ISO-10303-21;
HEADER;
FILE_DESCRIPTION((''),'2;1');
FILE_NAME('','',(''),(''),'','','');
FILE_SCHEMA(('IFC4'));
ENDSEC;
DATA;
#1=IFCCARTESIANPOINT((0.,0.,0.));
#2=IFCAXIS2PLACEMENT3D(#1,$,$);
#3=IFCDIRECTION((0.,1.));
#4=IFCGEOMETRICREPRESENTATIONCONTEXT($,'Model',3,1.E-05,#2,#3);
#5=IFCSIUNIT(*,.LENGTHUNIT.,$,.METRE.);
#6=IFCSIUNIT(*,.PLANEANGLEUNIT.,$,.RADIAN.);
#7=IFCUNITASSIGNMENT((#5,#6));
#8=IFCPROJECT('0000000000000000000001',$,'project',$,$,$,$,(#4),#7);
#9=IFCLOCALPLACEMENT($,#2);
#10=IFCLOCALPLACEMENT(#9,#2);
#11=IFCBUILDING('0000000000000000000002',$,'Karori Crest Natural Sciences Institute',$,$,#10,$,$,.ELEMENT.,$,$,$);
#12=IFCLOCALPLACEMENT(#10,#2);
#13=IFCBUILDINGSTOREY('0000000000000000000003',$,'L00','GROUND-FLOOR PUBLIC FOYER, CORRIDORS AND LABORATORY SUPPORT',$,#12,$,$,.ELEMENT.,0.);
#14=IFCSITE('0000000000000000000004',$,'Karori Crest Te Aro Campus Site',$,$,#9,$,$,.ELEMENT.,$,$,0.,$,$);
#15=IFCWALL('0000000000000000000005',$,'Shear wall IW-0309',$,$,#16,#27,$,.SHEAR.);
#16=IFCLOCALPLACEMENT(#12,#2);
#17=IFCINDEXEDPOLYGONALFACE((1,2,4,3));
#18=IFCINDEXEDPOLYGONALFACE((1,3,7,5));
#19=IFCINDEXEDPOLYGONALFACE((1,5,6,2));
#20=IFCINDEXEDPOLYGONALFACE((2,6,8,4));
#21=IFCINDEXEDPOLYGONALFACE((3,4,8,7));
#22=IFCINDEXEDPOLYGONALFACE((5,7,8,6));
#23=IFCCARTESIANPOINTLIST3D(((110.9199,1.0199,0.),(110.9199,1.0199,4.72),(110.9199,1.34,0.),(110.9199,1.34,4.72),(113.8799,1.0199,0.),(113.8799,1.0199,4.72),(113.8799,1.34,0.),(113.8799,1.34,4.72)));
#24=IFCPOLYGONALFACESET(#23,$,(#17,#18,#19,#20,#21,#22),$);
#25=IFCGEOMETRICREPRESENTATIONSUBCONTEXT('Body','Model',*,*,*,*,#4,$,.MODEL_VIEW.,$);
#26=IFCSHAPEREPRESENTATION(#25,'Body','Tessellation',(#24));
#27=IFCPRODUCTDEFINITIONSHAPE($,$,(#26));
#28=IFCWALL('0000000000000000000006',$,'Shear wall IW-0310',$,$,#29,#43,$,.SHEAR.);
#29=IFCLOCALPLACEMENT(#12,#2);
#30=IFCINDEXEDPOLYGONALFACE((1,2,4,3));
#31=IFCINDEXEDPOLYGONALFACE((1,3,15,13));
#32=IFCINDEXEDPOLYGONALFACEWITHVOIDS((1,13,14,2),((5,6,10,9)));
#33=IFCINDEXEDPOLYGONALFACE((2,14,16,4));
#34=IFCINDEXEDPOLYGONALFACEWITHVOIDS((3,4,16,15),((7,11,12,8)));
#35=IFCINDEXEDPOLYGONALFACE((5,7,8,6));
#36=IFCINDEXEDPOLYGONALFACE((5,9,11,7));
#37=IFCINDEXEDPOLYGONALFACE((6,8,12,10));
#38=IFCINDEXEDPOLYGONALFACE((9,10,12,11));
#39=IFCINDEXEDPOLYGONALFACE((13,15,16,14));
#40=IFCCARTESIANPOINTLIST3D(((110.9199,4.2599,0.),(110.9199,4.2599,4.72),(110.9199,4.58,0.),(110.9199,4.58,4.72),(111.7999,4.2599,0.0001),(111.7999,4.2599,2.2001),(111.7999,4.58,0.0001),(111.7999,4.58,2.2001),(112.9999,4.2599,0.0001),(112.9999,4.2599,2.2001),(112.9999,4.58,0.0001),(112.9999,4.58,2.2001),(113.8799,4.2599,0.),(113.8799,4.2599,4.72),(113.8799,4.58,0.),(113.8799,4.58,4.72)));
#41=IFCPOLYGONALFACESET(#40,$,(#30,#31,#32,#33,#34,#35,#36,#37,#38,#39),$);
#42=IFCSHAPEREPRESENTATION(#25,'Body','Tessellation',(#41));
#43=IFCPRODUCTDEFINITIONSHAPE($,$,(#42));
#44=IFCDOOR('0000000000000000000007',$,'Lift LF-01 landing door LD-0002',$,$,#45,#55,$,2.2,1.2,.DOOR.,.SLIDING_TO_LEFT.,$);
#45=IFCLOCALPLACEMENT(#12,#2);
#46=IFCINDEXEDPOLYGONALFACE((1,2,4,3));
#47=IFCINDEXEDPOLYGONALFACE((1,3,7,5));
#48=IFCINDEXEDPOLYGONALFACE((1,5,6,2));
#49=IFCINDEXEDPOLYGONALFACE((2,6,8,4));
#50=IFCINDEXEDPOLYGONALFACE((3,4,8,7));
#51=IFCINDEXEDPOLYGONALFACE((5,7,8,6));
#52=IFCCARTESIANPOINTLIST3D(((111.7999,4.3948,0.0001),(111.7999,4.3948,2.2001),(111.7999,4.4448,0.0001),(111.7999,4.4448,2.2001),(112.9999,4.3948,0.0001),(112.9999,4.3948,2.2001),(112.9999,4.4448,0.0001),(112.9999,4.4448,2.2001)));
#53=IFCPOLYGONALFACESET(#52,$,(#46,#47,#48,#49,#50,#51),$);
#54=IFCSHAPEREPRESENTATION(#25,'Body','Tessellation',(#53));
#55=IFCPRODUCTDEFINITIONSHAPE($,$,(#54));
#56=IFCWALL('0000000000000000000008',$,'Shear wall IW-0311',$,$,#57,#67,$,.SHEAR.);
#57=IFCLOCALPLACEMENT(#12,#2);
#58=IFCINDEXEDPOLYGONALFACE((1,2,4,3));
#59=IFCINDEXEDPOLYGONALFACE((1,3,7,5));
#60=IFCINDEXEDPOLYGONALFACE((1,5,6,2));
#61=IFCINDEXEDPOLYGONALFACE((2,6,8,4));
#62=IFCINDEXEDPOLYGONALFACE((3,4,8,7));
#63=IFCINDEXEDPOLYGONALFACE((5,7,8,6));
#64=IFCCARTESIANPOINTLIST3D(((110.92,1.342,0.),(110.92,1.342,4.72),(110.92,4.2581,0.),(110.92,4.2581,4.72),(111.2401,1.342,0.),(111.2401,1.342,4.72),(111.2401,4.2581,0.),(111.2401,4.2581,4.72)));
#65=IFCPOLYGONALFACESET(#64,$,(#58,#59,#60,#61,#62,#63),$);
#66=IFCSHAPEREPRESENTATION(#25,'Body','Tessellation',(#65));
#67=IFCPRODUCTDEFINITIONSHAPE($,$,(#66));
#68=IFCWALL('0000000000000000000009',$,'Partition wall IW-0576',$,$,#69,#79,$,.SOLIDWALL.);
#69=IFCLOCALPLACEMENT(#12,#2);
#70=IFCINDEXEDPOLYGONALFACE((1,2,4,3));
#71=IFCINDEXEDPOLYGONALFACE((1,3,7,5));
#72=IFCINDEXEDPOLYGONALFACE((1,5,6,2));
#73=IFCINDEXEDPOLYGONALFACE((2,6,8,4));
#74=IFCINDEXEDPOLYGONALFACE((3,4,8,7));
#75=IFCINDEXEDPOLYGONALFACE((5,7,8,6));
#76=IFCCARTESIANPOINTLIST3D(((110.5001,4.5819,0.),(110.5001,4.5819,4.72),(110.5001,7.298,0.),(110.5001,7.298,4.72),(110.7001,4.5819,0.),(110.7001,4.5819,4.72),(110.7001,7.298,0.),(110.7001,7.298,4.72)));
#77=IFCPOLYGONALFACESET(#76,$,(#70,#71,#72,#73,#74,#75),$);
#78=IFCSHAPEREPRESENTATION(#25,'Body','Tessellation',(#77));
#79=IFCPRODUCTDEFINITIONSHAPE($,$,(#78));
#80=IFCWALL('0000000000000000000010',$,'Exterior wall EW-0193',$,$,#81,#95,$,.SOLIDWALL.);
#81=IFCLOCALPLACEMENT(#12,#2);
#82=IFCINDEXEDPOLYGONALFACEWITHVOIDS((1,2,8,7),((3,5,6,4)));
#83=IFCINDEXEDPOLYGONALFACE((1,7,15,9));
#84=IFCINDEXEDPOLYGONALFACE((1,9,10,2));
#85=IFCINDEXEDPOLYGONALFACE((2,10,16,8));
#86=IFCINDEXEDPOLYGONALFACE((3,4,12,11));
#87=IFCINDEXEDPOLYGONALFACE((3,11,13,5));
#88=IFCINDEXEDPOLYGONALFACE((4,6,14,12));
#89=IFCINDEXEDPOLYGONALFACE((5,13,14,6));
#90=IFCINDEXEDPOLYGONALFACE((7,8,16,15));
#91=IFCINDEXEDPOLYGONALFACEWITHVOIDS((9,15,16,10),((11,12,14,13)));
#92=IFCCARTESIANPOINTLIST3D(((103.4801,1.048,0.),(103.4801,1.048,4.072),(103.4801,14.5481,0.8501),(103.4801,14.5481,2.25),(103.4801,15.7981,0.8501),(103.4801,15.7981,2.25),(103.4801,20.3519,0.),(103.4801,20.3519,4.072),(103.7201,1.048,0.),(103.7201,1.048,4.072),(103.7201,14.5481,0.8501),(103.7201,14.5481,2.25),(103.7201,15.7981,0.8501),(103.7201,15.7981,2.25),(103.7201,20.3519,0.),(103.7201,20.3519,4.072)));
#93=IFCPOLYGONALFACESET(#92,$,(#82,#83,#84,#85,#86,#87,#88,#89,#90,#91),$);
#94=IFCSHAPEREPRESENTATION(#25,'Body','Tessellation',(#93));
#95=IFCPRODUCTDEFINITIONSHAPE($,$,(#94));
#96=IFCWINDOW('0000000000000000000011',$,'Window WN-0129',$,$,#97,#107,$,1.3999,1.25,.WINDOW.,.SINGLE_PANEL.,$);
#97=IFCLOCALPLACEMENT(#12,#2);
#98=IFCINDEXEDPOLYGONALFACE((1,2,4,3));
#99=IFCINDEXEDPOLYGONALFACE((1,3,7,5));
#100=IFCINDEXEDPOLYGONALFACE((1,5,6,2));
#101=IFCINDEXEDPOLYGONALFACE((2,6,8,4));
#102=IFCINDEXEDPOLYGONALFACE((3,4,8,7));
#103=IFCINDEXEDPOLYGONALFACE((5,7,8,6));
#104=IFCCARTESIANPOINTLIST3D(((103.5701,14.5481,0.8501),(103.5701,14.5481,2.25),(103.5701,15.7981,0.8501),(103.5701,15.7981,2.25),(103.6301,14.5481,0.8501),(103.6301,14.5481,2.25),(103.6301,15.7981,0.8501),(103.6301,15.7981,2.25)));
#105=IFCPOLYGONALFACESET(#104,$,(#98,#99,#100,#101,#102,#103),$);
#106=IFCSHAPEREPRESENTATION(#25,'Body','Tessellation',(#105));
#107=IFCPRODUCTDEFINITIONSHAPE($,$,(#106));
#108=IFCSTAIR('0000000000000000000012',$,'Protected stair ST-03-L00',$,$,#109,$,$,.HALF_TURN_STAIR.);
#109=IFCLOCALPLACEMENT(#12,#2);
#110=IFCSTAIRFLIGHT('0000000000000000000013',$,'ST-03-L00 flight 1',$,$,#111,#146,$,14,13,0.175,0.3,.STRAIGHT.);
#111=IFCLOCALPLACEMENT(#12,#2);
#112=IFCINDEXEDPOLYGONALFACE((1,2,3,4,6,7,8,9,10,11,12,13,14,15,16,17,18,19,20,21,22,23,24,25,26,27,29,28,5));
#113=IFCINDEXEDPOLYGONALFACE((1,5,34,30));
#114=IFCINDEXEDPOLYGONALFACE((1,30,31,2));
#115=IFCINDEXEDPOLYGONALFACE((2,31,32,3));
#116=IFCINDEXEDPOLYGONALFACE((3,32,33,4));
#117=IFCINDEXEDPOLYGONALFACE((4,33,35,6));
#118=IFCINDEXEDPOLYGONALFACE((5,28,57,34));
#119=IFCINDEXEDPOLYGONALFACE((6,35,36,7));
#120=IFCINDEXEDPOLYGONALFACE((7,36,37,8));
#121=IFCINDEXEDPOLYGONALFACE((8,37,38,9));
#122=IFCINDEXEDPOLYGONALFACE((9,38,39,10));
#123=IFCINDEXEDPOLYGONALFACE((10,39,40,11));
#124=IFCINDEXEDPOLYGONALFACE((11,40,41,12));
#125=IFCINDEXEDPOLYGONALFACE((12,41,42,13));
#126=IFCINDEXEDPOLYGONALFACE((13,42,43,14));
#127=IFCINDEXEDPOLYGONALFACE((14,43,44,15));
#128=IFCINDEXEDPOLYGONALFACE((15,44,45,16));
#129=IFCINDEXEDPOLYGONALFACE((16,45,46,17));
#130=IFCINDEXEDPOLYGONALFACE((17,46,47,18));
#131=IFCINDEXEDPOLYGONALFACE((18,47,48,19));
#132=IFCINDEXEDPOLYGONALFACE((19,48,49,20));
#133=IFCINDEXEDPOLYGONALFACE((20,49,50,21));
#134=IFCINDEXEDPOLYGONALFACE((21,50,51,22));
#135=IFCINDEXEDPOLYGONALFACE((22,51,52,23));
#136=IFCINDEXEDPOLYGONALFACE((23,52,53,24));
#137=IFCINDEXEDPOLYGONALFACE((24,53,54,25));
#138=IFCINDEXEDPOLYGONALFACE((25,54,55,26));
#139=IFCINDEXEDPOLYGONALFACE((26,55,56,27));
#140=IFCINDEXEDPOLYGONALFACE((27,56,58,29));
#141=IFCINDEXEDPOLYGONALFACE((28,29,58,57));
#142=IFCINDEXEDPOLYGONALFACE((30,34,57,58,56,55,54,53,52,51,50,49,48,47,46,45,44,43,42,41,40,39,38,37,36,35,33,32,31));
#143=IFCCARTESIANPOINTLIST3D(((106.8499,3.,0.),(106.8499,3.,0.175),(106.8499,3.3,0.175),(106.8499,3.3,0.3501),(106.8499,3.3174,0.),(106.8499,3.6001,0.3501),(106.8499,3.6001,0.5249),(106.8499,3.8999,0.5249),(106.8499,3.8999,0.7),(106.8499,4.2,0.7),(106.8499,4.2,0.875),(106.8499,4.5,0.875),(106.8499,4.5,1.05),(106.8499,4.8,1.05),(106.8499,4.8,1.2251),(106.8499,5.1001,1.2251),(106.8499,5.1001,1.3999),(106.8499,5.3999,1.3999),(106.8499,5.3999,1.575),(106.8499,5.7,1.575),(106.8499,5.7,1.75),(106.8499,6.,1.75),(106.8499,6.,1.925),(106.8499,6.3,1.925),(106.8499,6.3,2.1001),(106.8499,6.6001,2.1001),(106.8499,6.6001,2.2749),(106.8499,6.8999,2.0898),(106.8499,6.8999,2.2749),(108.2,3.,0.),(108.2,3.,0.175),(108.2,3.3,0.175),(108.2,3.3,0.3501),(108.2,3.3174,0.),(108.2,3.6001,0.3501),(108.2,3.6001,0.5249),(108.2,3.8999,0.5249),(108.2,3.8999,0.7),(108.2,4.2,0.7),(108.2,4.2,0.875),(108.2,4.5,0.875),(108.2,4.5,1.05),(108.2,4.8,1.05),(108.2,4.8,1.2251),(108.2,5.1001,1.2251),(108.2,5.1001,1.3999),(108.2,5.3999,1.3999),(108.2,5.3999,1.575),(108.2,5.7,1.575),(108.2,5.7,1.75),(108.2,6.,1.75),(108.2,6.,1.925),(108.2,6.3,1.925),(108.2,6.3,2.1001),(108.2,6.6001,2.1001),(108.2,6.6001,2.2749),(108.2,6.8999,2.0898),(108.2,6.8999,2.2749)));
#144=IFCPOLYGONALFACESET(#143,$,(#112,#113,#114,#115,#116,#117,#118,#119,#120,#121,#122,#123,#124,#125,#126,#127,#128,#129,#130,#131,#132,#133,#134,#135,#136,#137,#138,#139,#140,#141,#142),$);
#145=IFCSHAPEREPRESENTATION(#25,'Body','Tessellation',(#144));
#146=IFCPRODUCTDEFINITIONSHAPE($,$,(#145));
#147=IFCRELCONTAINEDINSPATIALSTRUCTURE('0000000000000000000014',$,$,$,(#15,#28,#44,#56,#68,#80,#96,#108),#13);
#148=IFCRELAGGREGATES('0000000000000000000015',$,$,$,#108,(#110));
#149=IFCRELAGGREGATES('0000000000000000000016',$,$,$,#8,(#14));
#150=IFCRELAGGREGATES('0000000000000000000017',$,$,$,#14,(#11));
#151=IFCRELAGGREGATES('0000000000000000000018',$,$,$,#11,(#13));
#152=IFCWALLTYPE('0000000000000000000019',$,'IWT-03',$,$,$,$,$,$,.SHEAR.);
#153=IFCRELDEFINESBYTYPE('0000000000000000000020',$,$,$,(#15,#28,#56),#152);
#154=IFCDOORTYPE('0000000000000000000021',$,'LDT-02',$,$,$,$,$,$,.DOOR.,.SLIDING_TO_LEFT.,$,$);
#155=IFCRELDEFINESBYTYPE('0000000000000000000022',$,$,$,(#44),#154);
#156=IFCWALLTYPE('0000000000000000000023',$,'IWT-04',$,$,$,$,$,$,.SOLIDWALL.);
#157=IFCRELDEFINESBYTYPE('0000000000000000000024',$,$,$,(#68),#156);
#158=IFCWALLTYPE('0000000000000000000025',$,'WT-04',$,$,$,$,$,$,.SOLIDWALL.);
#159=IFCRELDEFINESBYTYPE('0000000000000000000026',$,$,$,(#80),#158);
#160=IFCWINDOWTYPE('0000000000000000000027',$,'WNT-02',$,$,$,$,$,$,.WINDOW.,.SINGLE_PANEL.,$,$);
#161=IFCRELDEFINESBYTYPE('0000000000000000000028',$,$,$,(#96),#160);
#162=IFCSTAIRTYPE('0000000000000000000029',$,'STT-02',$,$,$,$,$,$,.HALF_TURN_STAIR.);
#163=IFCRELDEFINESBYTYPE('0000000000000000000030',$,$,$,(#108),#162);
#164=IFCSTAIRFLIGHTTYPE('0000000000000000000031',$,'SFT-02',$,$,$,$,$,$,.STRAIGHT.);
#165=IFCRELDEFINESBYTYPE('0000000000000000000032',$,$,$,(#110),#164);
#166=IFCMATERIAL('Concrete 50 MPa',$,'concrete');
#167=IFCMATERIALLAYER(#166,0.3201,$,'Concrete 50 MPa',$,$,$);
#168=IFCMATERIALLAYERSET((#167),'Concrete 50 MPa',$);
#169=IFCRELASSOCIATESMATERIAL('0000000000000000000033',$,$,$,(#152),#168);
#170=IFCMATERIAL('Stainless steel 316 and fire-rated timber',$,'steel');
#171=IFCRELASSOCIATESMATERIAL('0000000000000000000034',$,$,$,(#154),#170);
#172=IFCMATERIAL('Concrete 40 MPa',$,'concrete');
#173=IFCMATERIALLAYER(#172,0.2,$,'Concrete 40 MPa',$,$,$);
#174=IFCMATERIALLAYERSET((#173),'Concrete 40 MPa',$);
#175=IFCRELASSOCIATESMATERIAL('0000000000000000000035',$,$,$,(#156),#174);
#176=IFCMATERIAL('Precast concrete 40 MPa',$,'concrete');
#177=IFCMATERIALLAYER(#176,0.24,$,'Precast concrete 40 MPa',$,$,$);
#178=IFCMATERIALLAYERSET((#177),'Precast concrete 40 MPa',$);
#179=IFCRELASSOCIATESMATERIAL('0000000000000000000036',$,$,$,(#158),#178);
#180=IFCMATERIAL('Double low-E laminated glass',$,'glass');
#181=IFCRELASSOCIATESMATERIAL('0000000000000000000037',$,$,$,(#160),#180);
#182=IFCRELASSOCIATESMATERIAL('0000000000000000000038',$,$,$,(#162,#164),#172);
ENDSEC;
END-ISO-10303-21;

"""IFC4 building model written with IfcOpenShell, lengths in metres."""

from ifc_helpers import new_model, si_unit, direction, frame, frame_2d, origin, place, context, subcontext, project, spatial, polyline, rectangle, outline, extrude, material, layer, layer_set, type_object, element, fill, aggregate, save


model = new_model("IFC4")

# Units and contexts
model_context = context("Model", 3, precision=1e-05, world=origin(), true_north=direction((0.0, 1.0)))
body_context = subcontext(model_context, "Body", "Model", "MODEL_VIEW")
ifc_project = project(units=[si_unit("LENGTHUNIT", "METRE"), si_unit("PLANEANGLEUNIT", "RADIAN")], contexts=[model_context])

# Site, building, storey
site_placement = place(None, origin())
site = spatial("IfcSite", under=ifc_project, at=site_placement, Name="Karori Crest Te Aro Campus Site", CompositionType="ELEMENT", RefElevation=0.0)
building_placement = place(site_placement, origin())
building = spatial("IfcBuilding", under=site, at=building_placement, Name="Karori Crest Natural Sciences Institute", CompositionType="ELEMENT")
storey_placement = place(building_placement, origin())
storey = spatial("IfcBuildingStorey", under=building, at=storey_placement, Name="L00", Description="GROUND-FLOOR PUBLIC FOYER, CORRIDORS AND LABORATORY SUPPORT", CompositionType="ELEMENT", Elevation=0.0)

# Shared definitions
ifc_material_1 = material(Name="Concrete 50 MPa", Category="concrete")

# Shared definitions
ifc_material_2 = material(Name="Stainless steel 316 and fire-rated timber", Category="steel")

# Wall
ifc_layer_1 = layer(ifc_material_1, 0.3201, Name="Concrete 50 MPa")
ifc_layer_set_1 = layer_set([ifc_layer_1], Name="Concrete 50 MPa")
wall_type_1 = type_object("IfcWallType", Name="IWT-03", PredefinedType="SHEAR", material=ifc_layer_set_1)
wall_1_placement = place(storey_placement, frame((110.9199, 1.1799, 0.0), z_axis=(0.0, 0.0, 1.0), x_axis=(1.0, 0.0, 0.0)))
element("IfcWall", 1, at=wall_1_placement, inside=storey, type_object=wall_type_1, Name="Shear wall IW-0309", PredefinedType="SHEAR", context=body_context, shape_type="SweptSolid", body=[
    extrude(rectangle(XDim=2.96, YDim=0.3201, at=frame_2d((1.48, 0.0))), origin(), (0.0, 0.0, 1.0), 4.72),
])

# Wall, opening, door
wall_2_placement = place(storey_placement, frame((110.9199, 4.4199, 0.0), z_axis=(0.0, 0.0, 1.0), x_axis=(1.0, 0.0, 0.0)))
wall_2 = element("IfcWall", 2, at=wall_2_placement, inside=storey, type_object=wall_type_1, Name="Shear wall IW-0310", PredefinedType="SHEAR", context=body_context, shape_type="SweptSolid", body=[
    extrude(rectangle(XDim=2.96, YDim=0.3201, at=frame_2d((1.48, 0.0))), origin(), (0.0, 0.0, 1.0), 4.72),
])
opening_1_placement = place(wall_2_placement, frame((0.8799, 0.0, 0.0)))
opening_1 = element("IfcOpeningElement", 3, at=opening_1_placement, cuts=wall_2, PredefinedType="OPENING", context=body_context, shape_type="SweptSolid", body=[
    extrude(rectangle(XDim=1.2, YDim=2.2, at=frame_2d((0.6001, 1.1001))), frame((0.0, 0.1699, 0.0), z_axis=(0.0, -1.0, 0.0), x_axis=(1.0, 0.0, 0.0)), (0.0, 0.0, 1.0), 0.3401),
])
door_type_1 = type_object("IfcDoorType", Name="LDT-02", OperationType="SLIDING_TO_LEFT", PredefinedType="DOOR", material=ifc_material_2)
door_1_placement = place(opening_1_placement, origin())
door_1 = element("IfcDoor", 4, at=door_1_placement, inside=storey, type_object=door_type_1, Name="Lift LF-01 landing door LD-0002", OperationType="SLIDING_TO_LEFT", OverallHeight=2.2, OverallWidth=1.2, PredefinedType="DOOR", context=body_context, shape_type="SweptSolid", body=[
    extrude(rectangle(XDim=1.2, YDim=2.2, at=frame_2d((0.6001, 1.1001))), frame((0.0, 0.0249, 0.0), z_axis=(0.0, -1.0, 0.0), x_axis=(1.0, 0.0, 0.0)), (0.0, 0.0, 1.0), 0.05),
])
fill(opening_1, door_1)

# Wall
wall_3_placement = place(storey_placement, frame((111.0801, 1.342, 0.0), z_axis=(0.0, 0.0, 1.0), x_axis=(0.0, 1.0, 0.0)))
element("IfcWall", 5, at=wall_3_placement, inside=storey, type_object=wall_type_1, Name="Shear wall IW-0311", PredefinedType="SHEAR", context=body_context, shape_type="SweptSolid", body=[
    extrude(rectangle(XDim=2.916, YDim=0.3201, at=frame_2d((1.458, 0.0))), origin(), (0.0, 0.0, 1.0), 4.72),
])

# Shared definitions
ifc_material_3 = material(Name="Concrete 40 MPa", Category="concrete")
ifc_layer_2 = layer(ifc_material_3, 0.2, Name="Concrete 40 MPa")
ifc_layer_set_2 = layer_set([ifc_layer_2], Name="Concrete 40 MPa")
wall_type_2 = type_object("IfcWallType", Name="IWT-04", PredefinedType="SOLIDWALL", material=ifc_layer_set_2)

# Wall
wall_4_placement = place(storey_placement, frame((110.6001, 4.582, 0.0), z_axis=(0.0, 0.0, 1.0), x_axis=(0.0, 1.0, 0.0)))
element("IfcWall", 6, at=wall_4_placement, inside=storey, type_object=wall_type_2, Name="Partition wall IW-0576", PredefinedType="SOLIDWALL", context=body_context, shape_type="SweptSolid", body=[
    extrude(rectangle(XDim=2.7161, YDim=0.2, at=frame_2d((1.3579, 0.0))), origin(), (0.0, 0.0, 1.0), 4.72),
])

# Wall, opening, window
ifc_material_4 = material(Name="Precast concrete 40 MPa", Category="concrete")
ifc_layer_3 = layer(ifc_material_4, 0.24, Name="Precast concrete 40 MPa")
ifc_layer_set_3 = layer_set([ifc_layer_3], Name="Precast concrete 40 MPa")
wall_type_3 = type_object("IfcWallType", Name="WT-04", PredefinedType="SOLIDWALL", material=ifc_layer_set_3)
wall_5_placement = place(storey_placement, frame((103.6001, 1.0481, 0.0), z_axis=(0.0, 0.0, 1.0), x_axis=(0.0, 1.0, 0.0)))
wall_5 = element("IfcWall", 7, at=wall_5_placement, inside=storey, type_object=wall_type_3, Name="Exterior wall EW-0193", PredefinedType="SOLIDWALL", context=body_context, shape_type="SweptSolid", body=[
    extrude(rectangle(XDim=19.304, YDim=0.24, at=frame_2d((9.6519, 0.0))), origin(), (0.0, 0.0, 1.0), 4.072),
])
opening_2_placement = place(wall_5_placement, frame((13.5, 0.0, 0.8501)))
opening_2 = element("IfcOpeningElement", 8, at=opening_2_placement, cuts=wall_5, PredefinedType="OPENING", context=body_context, shape_type="SweptSolid", body=[
    extrude(rectangle(XDim=1.25, YDim=1.3999, at=frame_2d((0.625, 0.7))), frame((0.0, 0.1299, 0.0), z_axis=(0.0, -1.0, 0.0), x_axis=(1.0, 0.0, 0.0)), (0.0, 0.0, 1.0), 0.26),
])
ifc_material_5 = material(Name="Double low-E laminated glass", Category="glass")
window_type = type_object("IfcWindowType", Name="WNT-02", PartitioningType="SINGLE_PANEL", PredefinedType="WINDOW", material=ifc_material_5)
window_placement = place(opening_2_placement, origin())
window = element("IfcWindow", 9, at=window_placement, inside=storey, type_object=window_type, Name="Window WN-0129", OverallHeight=1.3999, OverallWidth=1.25, PartitioningType="SINGLE_PANEL", PredefinedType="WINDOW", context=body_context, shape_type="SweptSolid", body=[
    extrude(rectangle(XDim=1.25, YDim=1.3999, at=frame_2d((0.625, 0.7))), frame((0.0, 0.03, 0.0), z_axis=(0.0, -1.0, 0.0), x_axis=(1.0, 0.0, 0.0)), (0.0, 0.0, 1.0), 0.0601),
])
fill(opening_2, window)

# Stair, stair flight
stair_type = type_object("IfcStairType", Name="STT-02", PredefinedType="HALF_TURN_STAIR", material=ifc_material_3)
stair_placement = place(storey_placement, origin())
stair = element("IfcStair", 10, at=stair_placement, inside=storey, type_object=stair_type, Name="Protected stair ST-03-L00", PredefinedType="HALF_TURN_STAIR")
stair_flight_type = type_object("IfcStairFlightType", Name="SFT-02", PredefinedType="STRAIGHT", material=ifc_material_3)
stair_flight_1_placement = place(storey_placement, frame((107.5249, 3.0, 0.0), z_axis=(0.0, 0.0, 1.0), x_axis=(0.0, 1.0, 0.0)))
stair_flight_1 = element("IfcStairFlight", 11, at=stair_flight_1_placement, type_object=stair_flight_type, Name="ST-03-L00 flight 1", NumberOfRisers=14, NumberOfTreads=13, PredefinedType="STRAIGHT", RiserHeight=0.175, TreadLength=0.3, context=body_context, shape_type="SweptSolid", body=[
    extrude(outline(polyline([(0.0, 0.0), (0.0, 0.175), (0.3, 0.175), (0.3, 0.3501), (0.6001, 0.3501), (0.6001, 0.5249), (0.8999, 0.5249), (0.8999, 0.7), (1.2, 0.7), (1.2, 0.875), (1.5, 0.875), (1.5, 1.05), (1.8, 1.05), (1.8, 1.2251), (2.1001, 1.2251), (2.1001, 1.3999), (2.3999, 1.3999), (2.3999, 1.575), (2.7, 1.575), (2.7, 1.75), (3.0, 1.75), (3.0, 1.925), (3.3, 1.925), (3.3, 2.1001), (3.6001, 2.1001), (3.6001, 2.2749), (3.8999, 2.2749), (3.8999, 2.45), (3.8999, 2.0898), (0.3174, 0.0), (0.0, 0.0)])), frame((0.0, 0.675, 0.0), z_axis=(0.0, -1.0, 0.0), x_axis=(1.0, 0.0, 0.0)), (0.0, 0.0, 1.0), 1.3501),
])
aggregate(stair, [stair_flight_1])

save(model, "model.ifc")
